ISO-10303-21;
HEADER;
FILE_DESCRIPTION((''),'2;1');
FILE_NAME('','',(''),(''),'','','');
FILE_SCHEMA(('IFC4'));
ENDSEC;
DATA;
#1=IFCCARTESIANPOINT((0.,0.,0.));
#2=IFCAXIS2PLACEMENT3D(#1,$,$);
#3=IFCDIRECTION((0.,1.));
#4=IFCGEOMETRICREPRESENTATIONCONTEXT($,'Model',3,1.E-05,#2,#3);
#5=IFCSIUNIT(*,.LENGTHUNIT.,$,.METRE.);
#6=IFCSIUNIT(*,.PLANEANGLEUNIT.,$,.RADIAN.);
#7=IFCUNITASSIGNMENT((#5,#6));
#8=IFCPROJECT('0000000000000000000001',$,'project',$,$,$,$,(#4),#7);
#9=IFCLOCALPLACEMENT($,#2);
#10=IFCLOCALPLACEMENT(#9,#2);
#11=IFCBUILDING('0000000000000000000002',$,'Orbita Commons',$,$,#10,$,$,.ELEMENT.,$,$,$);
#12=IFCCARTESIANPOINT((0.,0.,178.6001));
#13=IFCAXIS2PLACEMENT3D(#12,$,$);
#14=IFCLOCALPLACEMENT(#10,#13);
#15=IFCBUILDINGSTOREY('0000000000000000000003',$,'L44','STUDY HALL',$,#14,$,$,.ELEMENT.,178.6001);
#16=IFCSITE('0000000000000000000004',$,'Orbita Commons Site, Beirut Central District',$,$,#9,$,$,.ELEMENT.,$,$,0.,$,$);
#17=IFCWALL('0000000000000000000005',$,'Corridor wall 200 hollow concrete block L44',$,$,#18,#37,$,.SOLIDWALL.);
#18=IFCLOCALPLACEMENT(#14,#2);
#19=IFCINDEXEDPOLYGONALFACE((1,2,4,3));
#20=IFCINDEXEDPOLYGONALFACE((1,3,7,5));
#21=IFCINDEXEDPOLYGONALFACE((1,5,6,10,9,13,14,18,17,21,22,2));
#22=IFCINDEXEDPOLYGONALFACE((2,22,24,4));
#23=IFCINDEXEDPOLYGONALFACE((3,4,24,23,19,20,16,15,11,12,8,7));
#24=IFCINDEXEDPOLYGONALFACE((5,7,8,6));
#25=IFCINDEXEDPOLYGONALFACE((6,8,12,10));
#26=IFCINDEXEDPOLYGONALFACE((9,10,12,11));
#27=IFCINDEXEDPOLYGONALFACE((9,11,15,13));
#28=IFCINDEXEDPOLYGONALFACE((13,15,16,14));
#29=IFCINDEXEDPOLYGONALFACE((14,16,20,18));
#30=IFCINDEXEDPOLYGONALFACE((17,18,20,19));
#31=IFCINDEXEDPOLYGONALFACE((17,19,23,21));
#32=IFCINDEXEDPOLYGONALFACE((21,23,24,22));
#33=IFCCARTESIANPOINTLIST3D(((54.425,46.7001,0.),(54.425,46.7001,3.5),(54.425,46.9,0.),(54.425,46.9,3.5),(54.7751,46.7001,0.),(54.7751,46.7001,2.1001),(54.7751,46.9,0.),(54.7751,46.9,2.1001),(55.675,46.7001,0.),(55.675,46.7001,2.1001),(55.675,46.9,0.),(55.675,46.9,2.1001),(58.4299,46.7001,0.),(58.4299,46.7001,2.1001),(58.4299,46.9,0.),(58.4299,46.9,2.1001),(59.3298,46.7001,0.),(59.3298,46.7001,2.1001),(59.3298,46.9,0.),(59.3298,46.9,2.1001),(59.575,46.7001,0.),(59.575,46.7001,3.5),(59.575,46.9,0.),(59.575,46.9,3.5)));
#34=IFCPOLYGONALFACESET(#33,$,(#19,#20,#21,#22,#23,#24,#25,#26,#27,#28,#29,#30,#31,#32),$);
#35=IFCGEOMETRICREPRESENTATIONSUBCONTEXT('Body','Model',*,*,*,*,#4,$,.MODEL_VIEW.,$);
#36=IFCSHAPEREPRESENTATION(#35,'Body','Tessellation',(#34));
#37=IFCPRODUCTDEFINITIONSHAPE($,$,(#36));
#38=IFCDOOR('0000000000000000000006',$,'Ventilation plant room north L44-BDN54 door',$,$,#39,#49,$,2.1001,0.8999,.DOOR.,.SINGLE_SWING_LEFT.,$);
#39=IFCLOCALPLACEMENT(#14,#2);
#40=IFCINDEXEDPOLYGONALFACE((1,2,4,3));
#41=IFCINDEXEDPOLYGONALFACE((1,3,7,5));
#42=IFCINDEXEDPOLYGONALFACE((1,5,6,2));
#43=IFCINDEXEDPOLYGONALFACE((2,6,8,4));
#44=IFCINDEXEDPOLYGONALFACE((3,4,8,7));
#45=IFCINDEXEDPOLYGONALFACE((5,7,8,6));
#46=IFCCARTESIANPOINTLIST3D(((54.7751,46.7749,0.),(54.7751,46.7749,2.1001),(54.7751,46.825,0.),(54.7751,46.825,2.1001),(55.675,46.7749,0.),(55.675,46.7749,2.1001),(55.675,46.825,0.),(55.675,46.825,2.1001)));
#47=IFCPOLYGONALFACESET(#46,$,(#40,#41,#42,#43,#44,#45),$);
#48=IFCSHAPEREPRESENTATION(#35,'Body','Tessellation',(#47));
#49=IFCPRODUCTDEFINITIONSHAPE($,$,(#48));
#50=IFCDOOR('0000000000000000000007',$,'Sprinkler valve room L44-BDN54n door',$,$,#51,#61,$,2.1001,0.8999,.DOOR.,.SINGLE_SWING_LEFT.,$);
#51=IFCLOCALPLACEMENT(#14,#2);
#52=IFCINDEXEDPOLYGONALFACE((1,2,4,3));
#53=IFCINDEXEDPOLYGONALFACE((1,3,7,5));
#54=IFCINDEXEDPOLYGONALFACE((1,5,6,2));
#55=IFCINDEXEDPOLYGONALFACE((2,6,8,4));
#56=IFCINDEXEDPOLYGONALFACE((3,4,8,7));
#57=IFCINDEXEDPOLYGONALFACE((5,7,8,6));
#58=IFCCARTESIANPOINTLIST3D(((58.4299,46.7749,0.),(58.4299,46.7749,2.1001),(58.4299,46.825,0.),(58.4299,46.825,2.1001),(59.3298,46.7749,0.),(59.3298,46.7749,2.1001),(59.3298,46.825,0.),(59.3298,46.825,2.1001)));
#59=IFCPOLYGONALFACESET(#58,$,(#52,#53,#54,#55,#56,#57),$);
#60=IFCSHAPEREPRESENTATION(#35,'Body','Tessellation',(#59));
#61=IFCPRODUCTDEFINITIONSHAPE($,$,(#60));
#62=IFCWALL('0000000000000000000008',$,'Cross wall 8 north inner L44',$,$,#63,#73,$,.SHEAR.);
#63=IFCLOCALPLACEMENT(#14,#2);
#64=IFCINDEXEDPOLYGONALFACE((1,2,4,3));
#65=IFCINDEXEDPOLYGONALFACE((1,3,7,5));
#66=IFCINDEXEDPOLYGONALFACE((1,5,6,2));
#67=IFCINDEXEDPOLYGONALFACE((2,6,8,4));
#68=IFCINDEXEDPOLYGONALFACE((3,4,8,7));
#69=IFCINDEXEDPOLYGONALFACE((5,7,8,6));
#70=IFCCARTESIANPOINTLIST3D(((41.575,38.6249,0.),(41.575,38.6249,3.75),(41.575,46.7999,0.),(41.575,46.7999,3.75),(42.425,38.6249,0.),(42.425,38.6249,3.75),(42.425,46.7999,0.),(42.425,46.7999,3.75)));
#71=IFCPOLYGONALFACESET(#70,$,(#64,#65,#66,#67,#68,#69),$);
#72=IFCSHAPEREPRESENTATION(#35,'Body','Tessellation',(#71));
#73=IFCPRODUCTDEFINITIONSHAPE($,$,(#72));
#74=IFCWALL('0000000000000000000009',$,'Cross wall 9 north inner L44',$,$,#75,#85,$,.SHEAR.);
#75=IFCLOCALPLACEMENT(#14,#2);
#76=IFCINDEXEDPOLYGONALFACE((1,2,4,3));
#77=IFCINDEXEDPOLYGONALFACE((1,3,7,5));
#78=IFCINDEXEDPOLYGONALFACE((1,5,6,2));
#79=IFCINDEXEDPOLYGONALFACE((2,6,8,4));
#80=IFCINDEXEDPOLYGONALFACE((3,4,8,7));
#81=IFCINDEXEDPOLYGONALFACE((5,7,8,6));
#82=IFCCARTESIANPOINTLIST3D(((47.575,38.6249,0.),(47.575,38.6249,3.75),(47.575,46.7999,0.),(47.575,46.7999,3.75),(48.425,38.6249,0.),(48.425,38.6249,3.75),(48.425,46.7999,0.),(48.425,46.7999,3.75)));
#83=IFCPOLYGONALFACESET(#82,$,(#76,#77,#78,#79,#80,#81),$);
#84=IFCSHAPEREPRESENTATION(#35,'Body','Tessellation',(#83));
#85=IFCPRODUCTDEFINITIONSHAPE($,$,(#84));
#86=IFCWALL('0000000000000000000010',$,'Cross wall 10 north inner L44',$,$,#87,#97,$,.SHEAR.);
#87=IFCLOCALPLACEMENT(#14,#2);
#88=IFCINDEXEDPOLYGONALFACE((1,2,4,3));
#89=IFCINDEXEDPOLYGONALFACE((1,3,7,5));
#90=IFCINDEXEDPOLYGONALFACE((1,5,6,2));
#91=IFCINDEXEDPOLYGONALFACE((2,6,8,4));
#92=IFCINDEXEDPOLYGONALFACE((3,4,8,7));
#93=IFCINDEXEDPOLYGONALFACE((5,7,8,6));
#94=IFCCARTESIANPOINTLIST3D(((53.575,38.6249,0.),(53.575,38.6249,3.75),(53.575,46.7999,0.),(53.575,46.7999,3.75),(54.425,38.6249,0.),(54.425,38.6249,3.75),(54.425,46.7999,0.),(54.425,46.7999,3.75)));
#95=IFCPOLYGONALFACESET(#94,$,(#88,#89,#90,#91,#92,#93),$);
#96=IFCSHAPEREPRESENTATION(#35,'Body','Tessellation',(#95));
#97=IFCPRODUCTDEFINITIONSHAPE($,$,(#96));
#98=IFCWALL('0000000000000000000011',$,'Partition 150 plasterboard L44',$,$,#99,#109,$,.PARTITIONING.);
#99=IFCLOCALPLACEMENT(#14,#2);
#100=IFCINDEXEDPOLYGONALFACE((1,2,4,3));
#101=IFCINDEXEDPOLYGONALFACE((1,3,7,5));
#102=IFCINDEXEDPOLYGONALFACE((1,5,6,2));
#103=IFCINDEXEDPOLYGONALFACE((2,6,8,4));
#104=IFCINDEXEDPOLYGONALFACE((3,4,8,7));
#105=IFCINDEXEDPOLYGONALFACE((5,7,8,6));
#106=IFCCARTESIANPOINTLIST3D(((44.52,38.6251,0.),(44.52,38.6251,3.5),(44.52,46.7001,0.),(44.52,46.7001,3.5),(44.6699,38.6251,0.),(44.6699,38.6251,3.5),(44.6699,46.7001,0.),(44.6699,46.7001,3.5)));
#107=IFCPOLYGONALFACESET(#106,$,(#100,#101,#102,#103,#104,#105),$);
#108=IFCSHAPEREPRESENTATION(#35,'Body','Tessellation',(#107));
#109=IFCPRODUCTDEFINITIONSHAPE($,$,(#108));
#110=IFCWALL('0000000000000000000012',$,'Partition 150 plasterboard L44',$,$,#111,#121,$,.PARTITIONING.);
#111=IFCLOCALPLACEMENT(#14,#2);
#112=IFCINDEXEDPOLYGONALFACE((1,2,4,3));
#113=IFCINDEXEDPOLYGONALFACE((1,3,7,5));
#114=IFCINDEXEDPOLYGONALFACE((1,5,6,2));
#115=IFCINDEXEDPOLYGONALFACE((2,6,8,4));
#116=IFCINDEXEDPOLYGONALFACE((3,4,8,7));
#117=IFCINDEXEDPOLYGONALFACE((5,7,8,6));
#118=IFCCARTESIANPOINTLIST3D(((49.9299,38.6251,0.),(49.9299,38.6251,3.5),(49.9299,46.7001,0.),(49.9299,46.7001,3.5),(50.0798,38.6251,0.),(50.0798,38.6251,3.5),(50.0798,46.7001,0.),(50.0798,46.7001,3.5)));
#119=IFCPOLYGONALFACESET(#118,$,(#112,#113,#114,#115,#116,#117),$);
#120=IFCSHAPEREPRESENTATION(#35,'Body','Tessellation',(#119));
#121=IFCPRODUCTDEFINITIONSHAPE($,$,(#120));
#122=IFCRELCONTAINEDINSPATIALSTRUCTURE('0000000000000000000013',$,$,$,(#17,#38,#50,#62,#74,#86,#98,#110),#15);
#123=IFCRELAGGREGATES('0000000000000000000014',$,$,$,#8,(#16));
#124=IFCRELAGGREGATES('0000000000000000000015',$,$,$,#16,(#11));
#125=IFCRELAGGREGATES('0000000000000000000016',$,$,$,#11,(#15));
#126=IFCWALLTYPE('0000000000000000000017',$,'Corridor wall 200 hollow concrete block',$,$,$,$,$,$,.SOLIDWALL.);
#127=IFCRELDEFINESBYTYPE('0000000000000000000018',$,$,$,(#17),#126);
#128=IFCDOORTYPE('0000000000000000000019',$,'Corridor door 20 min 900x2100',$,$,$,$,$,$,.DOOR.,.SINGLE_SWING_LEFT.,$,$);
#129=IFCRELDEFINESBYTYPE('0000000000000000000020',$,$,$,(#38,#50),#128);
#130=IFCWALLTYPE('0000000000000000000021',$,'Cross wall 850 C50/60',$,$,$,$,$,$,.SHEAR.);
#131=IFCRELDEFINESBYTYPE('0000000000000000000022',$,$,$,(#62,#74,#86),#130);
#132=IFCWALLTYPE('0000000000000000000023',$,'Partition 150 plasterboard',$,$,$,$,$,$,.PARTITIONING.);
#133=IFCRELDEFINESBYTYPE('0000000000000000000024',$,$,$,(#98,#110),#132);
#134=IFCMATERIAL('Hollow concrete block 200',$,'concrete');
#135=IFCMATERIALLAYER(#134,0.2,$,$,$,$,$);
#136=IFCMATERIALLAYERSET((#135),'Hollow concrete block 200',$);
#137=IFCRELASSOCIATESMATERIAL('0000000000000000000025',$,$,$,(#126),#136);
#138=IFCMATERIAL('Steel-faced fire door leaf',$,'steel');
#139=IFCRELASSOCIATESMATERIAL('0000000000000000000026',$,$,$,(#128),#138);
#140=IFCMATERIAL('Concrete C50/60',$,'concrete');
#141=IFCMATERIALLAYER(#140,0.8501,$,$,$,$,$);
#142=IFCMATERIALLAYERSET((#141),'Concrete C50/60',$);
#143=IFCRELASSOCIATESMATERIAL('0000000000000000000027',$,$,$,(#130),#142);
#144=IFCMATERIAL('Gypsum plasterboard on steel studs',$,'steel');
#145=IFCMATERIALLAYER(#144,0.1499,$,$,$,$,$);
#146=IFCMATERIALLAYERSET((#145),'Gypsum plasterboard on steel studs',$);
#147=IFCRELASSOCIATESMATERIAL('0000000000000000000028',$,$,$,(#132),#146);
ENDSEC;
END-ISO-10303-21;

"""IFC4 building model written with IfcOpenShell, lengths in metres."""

from ifc_helpers import new_model, si_unit, direction, frame, frame_2d, origin, place, context, subcontext, project, spatial, rectangle, extrude, material, layer, layer_set, type_object, element, fill, save


model = new_model("IFC4")

# Units and contexts
model_context = context("Model", 3, precision=1e-05, world=origin(), true_north=direction((0.0, 1.0)))
body_context = subcontext(model_context, "Body", "Model", "MODEL_VIEW")
ifc_project = project(units=[si_unit("LENGTHUNIT", "METRE"), si_unit("PLANEANGLEUNIT", "RADIAN")], contexts=[model_context])

# Site, building, storey
site_placement = place(None, origin())
site = spatial("IfcSite", under=ifc_project, at=site_placement, Name="Orbita Commons Site, Beirut Central District", CompositionType="ELEMENT", RefElevation=0.0)
building_placement = place(site_placement, origin())
building = spatial("IfcBuilding", under=site, at=building_placement, Name="Orbita Commons", CompositionType="ELEMENT")
storey_placement = place(building_placement, frame((0.0, 0.0, 178.6001)))
storey = spatial("IfcBuildingStorey", under=building, at=storey_placement, Name="L44", Description="STUDY HALL", CompositionType="ELEMENT", Elevation=178.6001)

# Wall, openings, doors
ifc_material_1 = material(Name="Hollow concrete block 200", Category="concrete")
ifc_layer_1 = layer(ifc_material_1, 0.2)
ifc_layer_set_1 = layer_set([ifc_layer_1], Name="Hollow concrete block 200")
wall_type_1 = type_object("IfcWallType", Name="Corridor wall 200 hollow concrete block", PredefinedType="SOLIDWALL", material=ifc_layer_set_1)
ifc_material_2 = material(Name="Steel-faced fire door leaf", Category="steel")
door_type = type_object("IfcDoorType", Name="Corridor door 20 min 900x2100", OperationType="SINGLE_SWING_LEFT", PredefinedType="DOOR", material=ifc_material_2)
wall_1_placement = place(storey_placement, frame((54.425, 46.8, 0.0), z_axis=(0.0, 0.0, 1.0), x_axis=(1.0, 0.0, 0.0)))
wall_1 = element("IfcWall", 1, at=wall_1_placement, inside=storey, type_object=wall_type_1, Name="Corridor wall 200 hollow concrete block L44", PredefinedType="SOLIDWALL", context=body_context, shape_type="SweptSolid", body=[
    extrude(rectangle(XDim=5.1499, YDim=0.2, at=frame_2d((2.575, 0.0))), origin(), (0.0, 0.0, 1.0), 3.5),
])
opening_1_placement = place(wall_1_placement, frame((0.3501, 0.0, 0.0)))
opening_1 = element("IfcOpeningElement", 2, at=opening_1_placement, cuts=wall_1, PredefinedType="OPENING", context=body_context, shape_type="SweptSolid", body=[
    extrude(rectangle(XDim=0.8999, YDim=2.1001, at=frame_2d((0.45, 1.05))), frame((0.0, 0.1099, 0.0), z_axis=(0.0, -1.0, 0.0), x_axis=(1.0, 0.0, 0.0)), (0.0, 0.0, 1.0), 0.22),
])
opening_2_placement = place(wall_1_placement, frame((4.0049, 0.0, 0.0)))
opening_2 = element("IfcOpeningElement", 3, at=opening_2_placement, cuts=wall_1, PredefinedType="OPENING", context=body_context, shape_type="SweptSolid", body=[
    extrude(rectangle(XDim=0.8999, YDim=2.1001, at=frame_2d((0.45, 1.05))), frame((0.0, 0.1099, 0.0), z_axis=(0.0, -1.0, 0.0), x_axis=(1.0, 0.0, 0.0)), (0.0, 0.0, 1.0), 0.22),
])
door_1_placement = place(opening_1_placement, origin())
door_1 = element("IfcDoor", 4, at=door_1_placement, inside=storey, type_object=door_type, Name="Ventilation plant room north L44-BDN54 door", OperationType="SINGLE_SWING_LEFT", OverallHeight=2.1001, OverallWidth=0.8999, PredefinedType="DOOR", context=body_context, shape_type="SweptSolid", body=[
    extrude(rectangle(XDim=0.8999, YDim=2.1001, at=frame_2d((0.45, 1.05))), frame((0.0, 0.0249, 0.0), z_axis=(0.0, -1.0, 0.0), x_axis=(1.0, 0.0, 0.0)), (0.0, 0.0, 1.0), 0.05),
])
fill(opening_1, door_1)
door_2_placement = place(opening_2_placement, origin())
door_2 = element("IfcDoor", 5, at=door_2_placement, inside=storey, type_object=door_type, Name="Sprinkler valve room L44-BDN54n door", OperationType="SINGLE_SWING_LEFT", OverallHeight=2.1001, OverallWidth=0.8999, PredefinedType="DOOR", context=body_context, shape_type="SweptSolid", body=[
    extrude(rectangle(XDim=0.8999, YDim=2.1001, at=frame_2d((0.45, 1.05))), frame((0.0, 0.0249, 0.0), z_axis=(0.0, -1.0, 0.0), x_axis=(1.0, 0.0, 0.0)), (0.0, 0.0, 1.0), 0.05),
])
fill(opening_2, door_2)

# Walls
ifc_material_3 = material(Name="Concrete C50/60", Category="concrete")
ifc_layer_2 = layer(ifc_material_3, 0.8501)
ifc_layer_set_2 = layer_set([ifc_layer_2], Name="Concrete C50/60")
wall_type_2 = type_object("IfcWallType", Name="Cross wall 850 C50/60", PredefinedType="SHEAR", material=ifc_layer_set_2)
for number, where, z_axis, x_axis, name in (
    (6, (42.0, 38.625, 0.0), (0.0, 0.0, 1.0), (0.0, 1.0, 0.0), "Cross wall 8 north inner L44"),
    (7, (48.0, 38.625, 0.0), (0.0, 0.0, 1.0), (0.0, 1.0, 0.0), "Cross wall 9 north inner L44"),
    (8, (54.0, 38.625, 0.0), (0.0, 0.0, 1.0), (0.0, 1.0, 0.0), "Cross wall 10 north inner L44"),
):
    element("IfcWall", number, at=place(storey_placement, frame(where, z_axis=z_axis, x_axis=x_axis)), inside=storey, type_object=wall_type_2, Name=name, PredefinedType="SHEAR", context=body_context, shape_type="SweptSolid", body=[
        extrude(rectangle(XDim=8.175, YDim=0.8501, at=frame_2d((4.0874, 0.0))), origin(), (0.0, 0.0, 1.0), 3.75),
    ])
ifc_material_4 = material(Name="Gypsum plasterboard on steel studs", Category="steel")
ifc_layer_3 = layer(ifc_material_4, 0.1499)
ifc_layer_set_3 = layer_set([ifc_layer_3], Name="Gypsum plasterboard on steel studs")
wall_type_3 = type_object("IfcWallType", Name="Partition 150 plasterboard", PredefinedType="PARTITIONING", material=ifc_layer_set_3)
for number, where, z_axis, x_axis, name in (
    (9, (44.595, 38.625, 0.0), (0.0, 0.0, 1.0), (0.0, 1.0, 0.0), "Partition 150 plasterboard L44"),
    (10, (50.0049, 38.625, 0.0), (0.0, 0.0, 1.0), (0.0, 1.0, 0.0), "Partition 150 plasterboard L44"),
):
    element("IfcWall", number, at=place(storey_placement, frame(where, z_axis=z_axis, x_axis=x_axis)), inside=storey, type_object=wall_type_3, Name=name, PredefinedType="PARTITIONING", context=body_context, shape_type="SweptSolid", body=[
        extrude(rectangle(XDim=8.075, YDim=0.1499, at=frame_2d((4.0376, 0.0))), origin(), (0.0, 0.0, 1.0), 3.5),
    ])

save(model, "model.ifc")
